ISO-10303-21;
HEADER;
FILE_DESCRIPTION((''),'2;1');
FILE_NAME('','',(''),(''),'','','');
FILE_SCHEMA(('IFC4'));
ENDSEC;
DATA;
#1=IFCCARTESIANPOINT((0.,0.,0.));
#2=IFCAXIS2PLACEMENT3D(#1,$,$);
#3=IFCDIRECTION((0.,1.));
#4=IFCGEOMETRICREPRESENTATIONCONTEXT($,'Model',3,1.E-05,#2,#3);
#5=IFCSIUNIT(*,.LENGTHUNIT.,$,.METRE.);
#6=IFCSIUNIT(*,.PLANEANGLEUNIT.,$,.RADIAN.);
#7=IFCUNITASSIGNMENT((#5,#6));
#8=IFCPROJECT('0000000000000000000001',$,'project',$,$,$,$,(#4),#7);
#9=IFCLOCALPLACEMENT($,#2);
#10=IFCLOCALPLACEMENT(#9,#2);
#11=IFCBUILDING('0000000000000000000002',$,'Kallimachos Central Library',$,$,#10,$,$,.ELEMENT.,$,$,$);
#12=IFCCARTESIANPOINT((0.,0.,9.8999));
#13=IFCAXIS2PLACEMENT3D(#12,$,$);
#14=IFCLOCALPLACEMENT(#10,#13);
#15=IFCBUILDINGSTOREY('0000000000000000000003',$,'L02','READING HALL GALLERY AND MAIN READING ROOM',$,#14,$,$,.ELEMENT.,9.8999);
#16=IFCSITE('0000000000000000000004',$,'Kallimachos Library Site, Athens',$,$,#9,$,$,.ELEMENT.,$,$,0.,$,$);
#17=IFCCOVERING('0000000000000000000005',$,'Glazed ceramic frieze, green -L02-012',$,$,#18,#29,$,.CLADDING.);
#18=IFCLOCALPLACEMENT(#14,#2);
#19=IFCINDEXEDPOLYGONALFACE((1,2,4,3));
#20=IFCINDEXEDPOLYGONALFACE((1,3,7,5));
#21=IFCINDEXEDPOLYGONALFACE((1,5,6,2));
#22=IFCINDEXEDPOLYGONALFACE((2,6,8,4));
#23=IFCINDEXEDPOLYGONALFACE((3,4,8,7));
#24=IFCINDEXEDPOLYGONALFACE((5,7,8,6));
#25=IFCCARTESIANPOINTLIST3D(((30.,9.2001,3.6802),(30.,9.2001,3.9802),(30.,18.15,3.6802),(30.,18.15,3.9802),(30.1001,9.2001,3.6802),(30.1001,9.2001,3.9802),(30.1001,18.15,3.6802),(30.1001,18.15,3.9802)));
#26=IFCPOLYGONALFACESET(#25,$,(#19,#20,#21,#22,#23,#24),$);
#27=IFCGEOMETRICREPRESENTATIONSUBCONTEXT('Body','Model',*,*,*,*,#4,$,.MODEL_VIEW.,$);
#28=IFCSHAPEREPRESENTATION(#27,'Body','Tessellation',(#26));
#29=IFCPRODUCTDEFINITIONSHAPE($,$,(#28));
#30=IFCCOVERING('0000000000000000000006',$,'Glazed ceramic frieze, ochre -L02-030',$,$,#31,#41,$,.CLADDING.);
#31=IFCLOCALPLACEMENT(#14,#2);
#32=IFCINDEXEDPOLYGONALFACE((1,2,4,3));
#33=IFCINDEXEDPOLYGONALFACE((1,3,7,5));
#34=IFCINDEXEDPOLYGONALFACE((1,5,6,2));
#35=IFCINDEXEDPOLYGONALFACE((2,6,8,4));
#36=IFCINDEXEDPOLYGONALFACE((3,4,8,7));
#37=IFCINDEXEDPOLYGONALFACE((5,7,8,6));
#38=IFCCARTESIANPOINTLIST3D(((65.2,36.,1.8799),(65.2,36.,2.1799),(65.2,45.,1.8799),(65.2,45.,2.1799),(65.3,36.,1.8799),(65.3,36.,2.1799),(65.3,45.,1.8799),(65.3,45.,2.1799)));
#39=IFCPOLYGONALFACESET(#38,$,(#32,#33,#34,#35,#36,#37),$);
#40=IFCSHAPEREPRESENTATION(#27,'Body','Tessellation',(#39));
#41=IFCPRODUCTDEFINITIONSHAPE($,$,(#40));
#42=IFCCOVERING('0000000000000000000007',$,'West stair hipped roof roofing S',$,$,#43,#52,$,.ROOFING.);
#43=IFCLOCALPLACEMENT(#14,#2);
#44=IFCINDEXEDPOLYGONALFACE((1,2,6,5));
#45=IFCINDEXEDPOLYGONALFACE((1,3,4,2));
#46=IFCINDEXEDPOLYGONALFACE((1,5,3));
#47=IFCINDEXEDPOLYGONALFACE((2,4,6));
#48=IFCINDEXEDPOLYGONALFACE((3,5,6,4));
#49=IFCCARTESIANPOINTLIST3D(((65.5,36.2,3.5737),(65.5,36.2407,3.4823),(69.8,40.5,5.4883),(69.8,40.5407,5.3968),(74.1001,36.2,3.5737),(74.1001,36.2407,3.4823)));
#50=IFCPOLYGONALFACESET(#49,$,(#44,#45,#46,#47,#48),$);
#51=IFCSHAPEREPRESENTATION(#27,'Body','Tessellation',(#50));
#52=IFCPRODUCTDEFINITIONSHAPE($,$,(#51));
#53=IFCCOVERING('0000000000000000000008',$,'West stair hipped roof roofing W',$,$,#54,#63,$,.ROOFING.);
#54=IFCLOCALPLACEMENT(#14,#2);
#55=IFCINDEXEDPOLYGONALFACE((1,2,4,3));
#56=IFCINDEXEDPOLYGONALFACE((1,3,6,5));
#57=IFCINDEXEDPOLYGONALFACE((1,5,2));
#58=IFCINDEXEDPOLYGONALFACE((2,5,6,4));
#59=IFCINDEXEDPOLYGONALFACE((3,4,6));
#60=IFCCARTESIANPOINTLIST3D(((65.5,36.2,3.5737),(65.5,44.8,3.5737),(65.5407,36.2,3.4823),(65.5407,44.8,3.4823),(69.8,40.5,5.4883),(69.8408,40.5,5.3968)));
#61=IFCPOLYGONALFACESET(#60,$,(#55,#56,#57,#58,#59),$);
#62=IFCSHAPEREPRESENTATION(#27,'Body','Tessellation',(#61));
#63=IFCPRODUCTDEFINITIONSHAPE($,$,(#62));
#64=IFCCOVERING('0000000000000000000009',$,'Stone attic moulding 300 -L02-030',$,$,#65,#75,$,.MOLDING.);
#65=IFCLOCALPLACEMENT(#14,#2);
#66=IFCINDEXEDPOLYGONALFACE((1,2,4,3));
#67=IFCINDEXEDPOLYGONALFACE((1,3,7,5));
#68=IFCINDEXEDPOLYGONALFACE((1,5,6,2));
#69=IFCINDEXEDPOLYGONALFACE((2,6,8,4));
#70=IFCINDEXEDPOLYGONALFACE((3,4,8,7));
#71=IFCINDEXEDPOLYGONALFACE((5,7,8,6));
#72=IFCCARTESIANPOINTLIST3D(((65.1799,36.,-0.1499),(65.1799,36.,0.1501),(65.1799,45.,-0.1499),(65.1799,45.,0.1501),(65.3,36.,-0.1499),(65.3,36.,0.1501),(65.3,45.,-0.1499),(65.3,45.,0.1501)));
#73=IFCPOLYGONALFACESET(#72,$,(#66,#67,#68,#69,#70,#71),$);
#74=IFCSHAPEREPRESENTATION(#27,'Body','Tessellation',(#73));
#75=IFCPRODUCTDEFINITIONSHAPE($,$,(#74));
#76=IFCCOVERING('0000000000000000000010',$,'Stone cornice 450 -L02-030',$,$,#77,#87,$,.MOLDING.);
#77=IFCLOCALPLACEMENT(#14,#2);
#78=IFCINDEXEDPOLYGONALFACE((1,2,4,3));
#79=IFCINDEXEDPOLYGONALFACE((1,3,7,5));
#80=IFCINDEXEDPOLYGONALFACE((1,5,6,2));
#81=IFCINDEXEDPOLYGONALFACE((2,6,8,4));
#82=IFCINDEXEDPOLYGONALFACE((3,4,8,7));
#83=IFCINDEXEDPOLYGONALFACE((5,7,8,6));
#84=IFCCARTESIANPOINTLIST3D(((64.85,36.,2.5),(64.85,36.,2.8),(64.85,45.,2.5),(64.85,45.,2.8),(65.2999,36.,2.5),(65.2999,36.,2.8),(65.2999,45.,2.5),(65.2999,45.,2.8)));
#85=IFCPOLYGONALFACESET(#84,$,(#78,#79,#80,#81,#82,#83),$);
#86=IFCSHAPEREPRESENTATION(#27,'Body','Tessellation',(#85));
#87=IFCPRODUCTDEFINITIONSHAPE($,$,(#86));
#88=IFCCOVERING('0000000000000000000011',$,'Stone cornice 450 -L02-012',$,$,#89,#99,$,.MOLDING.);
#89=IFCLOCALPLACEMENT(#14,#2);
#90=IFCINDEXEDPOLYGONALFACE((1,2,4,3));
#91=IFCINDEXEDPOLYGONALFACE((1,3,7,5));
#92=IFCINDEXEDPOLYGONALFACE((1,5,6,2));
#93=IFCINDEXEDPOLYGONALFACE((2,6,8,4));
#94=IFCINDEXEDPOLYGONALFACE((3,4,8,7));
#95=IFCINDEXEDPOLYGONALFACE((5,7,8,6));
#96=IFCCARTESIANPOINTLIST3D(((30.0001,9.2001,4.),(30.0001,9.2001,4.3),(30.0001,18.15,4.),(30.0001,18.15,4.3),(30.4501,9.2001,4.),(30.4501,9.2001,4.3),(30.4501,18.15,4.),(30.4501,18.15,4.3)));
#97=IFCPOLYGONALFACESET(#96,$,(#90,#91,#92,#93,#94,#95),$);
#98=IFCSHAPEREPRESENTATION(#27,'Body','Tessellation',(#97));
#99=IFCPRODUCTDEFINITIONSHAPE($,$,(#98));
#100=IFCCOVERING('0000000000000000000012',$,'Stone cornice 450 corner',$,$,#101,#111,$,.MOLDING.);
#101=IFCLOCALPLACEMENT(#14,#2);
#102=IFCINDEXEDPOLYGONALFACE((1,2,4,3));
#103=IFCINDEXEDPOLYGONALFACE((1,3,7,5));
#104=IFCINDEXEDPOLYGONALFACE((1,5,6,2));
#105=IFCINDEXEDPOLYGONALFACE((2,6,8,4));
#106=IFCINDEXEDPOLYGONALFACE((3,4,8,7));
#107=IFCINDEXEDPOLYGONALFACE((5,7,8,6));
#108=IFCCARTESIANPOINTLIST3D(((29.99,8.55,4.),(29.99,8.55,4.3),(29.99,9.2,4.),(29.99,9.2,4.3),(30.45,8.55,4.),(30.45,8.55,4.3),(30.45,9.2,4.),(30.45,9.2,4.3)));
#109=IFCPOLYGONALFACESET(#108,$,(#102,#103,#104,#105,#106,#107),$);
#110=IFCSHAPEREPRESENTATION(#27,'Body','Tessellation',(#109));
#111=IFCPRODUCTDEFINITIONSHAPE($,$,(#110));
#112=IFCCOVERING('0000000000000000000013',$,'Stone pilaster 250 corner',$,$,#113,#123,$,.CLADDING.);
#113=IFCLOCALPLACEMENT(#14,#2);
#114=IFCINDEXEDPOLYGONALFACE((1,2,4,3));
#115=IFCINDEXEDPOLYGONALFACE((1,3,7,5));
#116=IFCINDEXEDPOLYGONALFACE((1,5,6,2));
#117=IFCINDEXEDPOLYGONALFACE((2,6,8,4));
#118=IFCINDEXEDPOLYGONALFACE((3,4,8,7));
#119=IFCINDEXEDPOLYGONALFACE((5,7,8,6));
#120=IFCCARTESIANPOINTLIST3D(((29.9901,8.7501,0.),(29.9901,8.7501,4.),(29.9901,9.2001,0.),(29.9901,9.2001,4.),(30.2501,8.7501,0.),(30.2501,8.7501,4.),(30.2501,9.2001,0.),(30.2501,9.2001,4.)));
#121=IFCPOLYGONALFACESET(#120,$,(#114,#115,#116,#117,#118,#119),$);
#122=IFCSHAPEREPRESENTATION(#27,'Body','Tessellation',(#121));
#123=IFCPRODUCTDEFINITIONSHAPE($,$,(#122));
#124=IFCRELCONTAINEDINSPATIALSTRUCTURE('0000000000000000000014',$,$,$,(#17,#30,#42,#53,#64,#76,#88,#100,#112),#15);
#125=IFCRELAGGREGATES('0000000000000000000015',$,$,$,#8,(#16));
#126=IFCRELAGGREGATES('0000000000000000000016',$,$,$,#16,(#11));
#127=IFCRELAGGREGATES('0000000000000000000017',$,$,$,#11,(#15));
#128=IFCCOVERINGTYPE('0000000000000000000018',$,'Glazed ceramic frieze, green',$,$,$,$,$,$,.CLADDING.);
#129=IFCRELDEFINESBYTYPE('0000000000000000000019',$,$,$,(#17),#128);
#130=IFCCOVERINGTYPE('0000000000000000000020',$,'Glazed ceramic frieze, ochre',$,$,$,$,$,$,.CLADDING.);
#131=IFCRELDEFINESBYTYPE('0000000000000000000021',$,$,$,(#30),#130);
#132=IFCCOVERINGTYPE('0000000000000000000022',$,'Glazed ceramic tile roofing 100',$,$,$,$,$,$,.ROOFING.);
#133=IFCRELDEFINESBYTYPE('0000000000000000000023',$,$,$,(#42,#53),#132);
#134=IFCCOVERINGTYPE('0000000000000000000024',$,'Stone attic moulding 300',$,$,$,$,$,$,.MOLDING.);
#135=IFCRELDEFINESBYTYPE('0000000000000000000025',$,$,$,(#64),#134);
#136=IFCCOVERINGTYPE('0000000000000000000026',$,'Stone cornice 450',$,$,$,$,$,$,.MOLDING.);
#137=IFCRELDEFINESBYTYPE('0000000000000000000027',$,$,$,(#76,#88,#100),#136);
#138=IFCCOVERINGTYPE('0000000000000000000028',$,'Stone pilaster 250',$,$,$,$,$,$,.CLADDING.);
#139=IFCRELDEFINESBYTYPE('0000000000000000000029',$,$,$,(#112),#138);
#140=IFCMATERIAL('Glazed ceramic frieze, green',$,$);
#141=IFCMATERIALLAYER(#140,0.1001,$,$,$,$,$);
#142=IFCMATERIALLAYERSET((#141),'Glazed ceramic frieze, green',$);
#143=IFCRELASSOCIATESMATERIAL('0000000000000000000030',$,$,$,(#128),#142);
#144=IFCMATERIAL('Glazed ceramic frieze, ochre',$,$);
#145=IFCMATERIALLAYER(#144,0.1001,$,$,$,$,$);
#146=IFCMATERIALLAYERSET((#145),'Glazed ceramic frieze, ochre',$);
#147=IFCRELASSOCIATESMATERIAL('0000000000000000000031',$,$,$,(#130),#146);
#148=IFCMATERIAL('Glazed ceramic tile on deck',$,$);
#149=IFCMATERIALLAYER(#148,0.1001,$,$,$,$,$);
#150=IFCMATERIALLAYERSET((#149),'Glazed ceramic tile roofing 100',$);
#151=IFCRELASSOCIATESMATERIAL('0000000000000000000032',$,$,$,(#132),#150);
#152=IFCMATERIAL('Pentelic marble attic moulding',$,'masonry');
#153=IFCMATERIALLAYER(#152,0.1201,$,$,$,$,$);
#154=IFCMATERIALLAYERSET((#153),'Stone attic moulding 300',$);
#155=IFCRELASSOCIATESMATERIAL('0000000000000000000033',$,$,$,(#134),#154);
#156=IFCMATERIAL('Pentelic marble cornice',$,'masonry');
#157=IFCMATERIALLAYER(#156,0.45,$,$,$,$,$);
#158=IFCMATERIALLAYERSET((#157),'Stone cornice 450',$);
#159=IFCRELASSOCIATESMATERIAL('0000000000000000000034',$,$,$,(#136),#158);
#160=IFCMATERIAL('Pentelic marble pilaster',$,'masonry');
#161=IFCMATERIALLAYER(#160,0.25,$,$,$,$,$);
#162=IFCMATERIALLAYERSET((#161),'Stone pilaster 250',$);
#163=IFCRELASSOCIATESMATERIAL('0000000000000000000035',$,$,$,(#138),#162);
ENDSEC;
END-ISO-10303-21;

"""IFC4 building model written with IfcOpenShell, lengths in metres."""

from ifc_helpers import new_model, si_unit, direction, frame, origin, origin_2d, place, context, subcontext, project, spatial, polyline, rectangle, outline, extrude, material, layer, layer_set, type_object, element, save


model = new_model("IFC4")

# Units and contexts
model_context = context("Model", 3, precision=1e-05, world=origin(), true_north=direction((0.0, 1.0)))
body_context = subcontext(model_context, "Body", "Model", "MODEL_VIEW")
ifc_project = project(units=[si_unit("LENGTHUNIT", "METRE"), si_unit("PLANEANGLEUNIT", "RADIAN")], contexts=[model_context])

# Site, building, storey
site_placement = place(None, origin())
site = spatial("IfcSite", under=ifc_project, at=site_placement, Name="Kallimachos Library Site, Athens", CompositionType="ELEMENT", RefElevation=0.0)
building_placement = place(site_placement, origin())
building = spatial("IfcBuilding", under=site, at=building_placement, Name="Kallimachos Central Library", CompositionType="ELEMENT")
storey_placement = place(building_placement, frame((0.0, 0.0, 9.8999)))
storey = spatial("IfcBuildingStorey", under=building, at=storey_placement, Name="L02", Description="READING HALL GALLERY AND MAIN READING ROOM", CompositionType="ELEMENT", Elevation=9.8999)

# Coverings
ifc_material_1 = material(Name="Glazed ceramic frieze, green")
ifc_layer_1 = layer(ifc_material_1, 0.1001)
ifc_layer_set_1 = layer_set([ifc_layer_1], Name="Glazed ceramic frieze, green")
covering_type_1 = type_object("IfcCoveringType", Name="Glazed ceramic frieze, green", PredefinedType="CLADDING", material=ifc_layer_set_1)
covering_1_placement = place(storey_placement, frame((30.05, 13.675, 3.6802), z_axis=(0.0, 0.0, 1.0), x_axis=(1.0, 0.0, 0.0)))
element("IfcCovering", 1, at=covering_1_placement, inside=storey, type_object=covering_type_1, Name="Glazed ceramic frieze, green -L02-012", PredefinedType="CLADDING", context=body_context, shape_type="SweptSolid", body=[
    extrude(rectangle(XDim=0.1001, YDim=8.95, at=origin_2d()), origin(), (0.0, 0.0, 1.0), 0.3),
])
ifc_material_2 = material(Name="Glazed ceramic frieze, ochre")
ifc_layer_2 = layer(ifc_material_2, 0.1001)
ifc_layer_set_2 = layer_set([ifc_layer_2], Name="Glazed ceramic frieze, ochre")
covering_type_2 = type_object("IfcCoveringType", Name="Glazed ceramic frieze, ochre", PredefinedType="CLADDING", material=ifc_layer_set_2)
covering_2_placement = place(storey_placement, frame((65.25, 40.5, 1.8799), z_axis=(0.0, 0.0, 1.0), x_axis=(1.0, 0.0, 0.0)))
element("IfcCovering", 2, at=covering_2_placement, inside=storey, type_object=covering_type_2, Name="Glazed ceramic frieze, ochre -L02-030", PredefinedType="CLADDING", context=body_context, shape_type="SweptSolid", body=[
    extrude(rectangle(XDim=0.1001, YDim=9.0, at=origin_2d()), origin(), (0.0, 0.0, 1.0), 0.3),
])
ifc_material_3 = material(Name="Glazed ceramic tile on deck")
ifc_layer_3 = layer(ifc_material_3, 0.1001)
ifc_layer_set_3 = layer_set([ifc_layer_3], Name="Glazed ceramic tile roofing 100")
covering_type_3 = type_object("IfcCoveringType", Name="Glazed ceramic tile roofing 100", PredefinedType="ROOFING", material=ifc_layer_set_3)
covering_3_placement = place(storey_placement, frame((65.5, 36.2, 3.5737), z_axis=(0.0, -0.406745, 0.913542), x_axis=(1.0, 0.0, 0.0)))
element("IfcCovering", 3, at=covering_3_placement, inside=storey, type_object=covering_type_3, Name="West stair hipped roof roofing S", PredefinedType="ROOFING", context=body_context, shape_type="SweptSolid", body=[
    extrude(outline(polyline([(0.0, 0.0), (8.6001, 0.0), (4.3, 4.707), (0.0, 0.0)])), origin(), (0.0, 0.0, -1.0), 0.1001),
])
covering_4_placement = place(storey_placement, frame((65.5, 36.2, 3.5737), z_axis=(-0.406745, 0.0, 0.913542), x_axis=(0.67447, 0.67447, 0.300301)))
element("IfcCovering", 4, at=covering_4_placement, inside=storey, type_object=covering_type_3, Name="West stair hipped roof roofing W", PredefinedType="ROOFING", context=body_context, shape_type="SweptSolid", body=[
    extrude(outline(polyline([(0.0, 0.0), (6.3754, 0.0), (5.8005, 6.3495), (0.0, 0.0)])), origin(), (0.0, 0.0, -1.0), 0.1001),
])
ifc_material_4 = material(Name="Pentelic marble attic moulding", Category="masonry")
ifc_layer_4 = layer(ifc_material_4, 0.1201)
ifc_layer_set_4 = layer_set([ifc_layer_4], Name="Stone attic moulding 300")
covering_type_4 = type_object("IfcCoveringType", Name="Stone attic moulding 300", PredefinedType="MOLDING", material=ifc_layer_set_4)
covering_5_placement = place(storey_placement, frame((65.24, 40.5, -0.1499), z_axis=(0.0, 0.0, 1.0), x_axis=(1.0, 0.0, 0.0)))
element("IfcCovering", 5, at=covering_5_placement, inside=storey, type_object=covering_type_4, Name="Stone attic moulding 300 -L02-030", PredefinedType="MOLDING", context=body_context, shape_type="SweptSolid", body=[
    extrude(rectangle(XDim=0.1201, YDim=9.0, at=origin_2d()), origin(), (0.0, 0.0, 1.0), 0.3),
])
ifc_material_5 = material(Name="Pentelic marble cornice", Category="masonry")
ifc_layer_5 = layer(ifc_material_5, 0.45)
ifc_layer_set_5 = layer_set([ifc_layer_5], Name="Stone cornice 450")
covering_type_5 = type_object("IfcCoveringType", Name="Stone cornice 450", PredefinedType="MOLDING", material=ifc_layer_set_5)
covering_6_placement = place(storey_placement, frame((65.075, 40.5, 2.5), z_axis=(0.0, 0.0, 1.0), x_axis=(1.0, 0.0, 0.0)))
element("IfcCovering", 6, at=covering_6_placement, inside=storey, type_object=covering_type_5, Name="Stone cornice 450 -L02-030", PredefinedType="MOLDING", context=body_context, shape_type="SweptSolid", body=[
    extrude(rectangle(XDim=0.45, YDim=9.0, at=origin_2d()), origin(), (0.0, 0.0, 1.0), 0.3),
])
covering_7_placement = place(storey_placement, frame((30.2251, 13.675, 4.0), z_axis=(0.0, 0.0, 1.0), x_axis=(1.0, 0.0, 0.0)))
element("IfcCovering", 7, at=covering_7_placement, inside=storey, type_object=covering_type_5, Name="Stone cornice 450 -L02-012", PredefinedType="MOLDING", context=body_context, shape_type="SweptSolid", body=[
    extrude(rectangle(XDim=0.45, YDim=8.95, at=origin_2d()), origin(), (0.0, 0.0, 1.0), 0.3),
])
covering_8_placement = place(storey_placement, frame((30.22, 8.875, 4.0), z_axis=(0.0, 0.0, 1.0), x_axis=(1.0, 0.0, 0.0)))
element("IfcCovering", 8, at=covering_8_placement, inside=storey, type_object=covering_type_5, Name="Stone cornice 450 corner", PredefinedType="MOLDING", context=body_context, shape_type="SweptSolid", body=[
    extrude(rectangle(XDim=0.46, YDim=0.6499, at=origin_2d()), origin(), (0.0, 0.0, 1.0), 0.3),
])
ifc_material_6 = material(Name="Pentelic marble pilaster", Category="masonry")
ifc_layer_6 = layer(ifc_material_6, 0.25)
ifc_layer_set_6 = layer_set([ifc_layer_6], Name="Stone pilaster 250")
covering_type_6 = type_object("IfcCoveringType", Name="Stone pilaster 250", PredefinedType="CLADDING", material=ifc_layer_set_6)
covering_9_placement = place(storey_placement, frame((30.1201, 8.9751, 0.0), z_axis=(0.0, 0.0, 1.0), x_axis=(1.0, 0.0, 0.0)))
element("IfcCovering", 9, at=covering_9_placement, inside=storey, type_object=covering_type_6, Name="Stone pilaster 250 corner", PredefinedType="CLADDING", context=body_context, shape_type="SweptSolid", body=[
    extrude(rectangle(XDim=0.26, YDim=0.45, at=origin_2d()), origin(), (0.0, 0.0, 1.0), 4.0),
])

save(model, "model.ifc")
